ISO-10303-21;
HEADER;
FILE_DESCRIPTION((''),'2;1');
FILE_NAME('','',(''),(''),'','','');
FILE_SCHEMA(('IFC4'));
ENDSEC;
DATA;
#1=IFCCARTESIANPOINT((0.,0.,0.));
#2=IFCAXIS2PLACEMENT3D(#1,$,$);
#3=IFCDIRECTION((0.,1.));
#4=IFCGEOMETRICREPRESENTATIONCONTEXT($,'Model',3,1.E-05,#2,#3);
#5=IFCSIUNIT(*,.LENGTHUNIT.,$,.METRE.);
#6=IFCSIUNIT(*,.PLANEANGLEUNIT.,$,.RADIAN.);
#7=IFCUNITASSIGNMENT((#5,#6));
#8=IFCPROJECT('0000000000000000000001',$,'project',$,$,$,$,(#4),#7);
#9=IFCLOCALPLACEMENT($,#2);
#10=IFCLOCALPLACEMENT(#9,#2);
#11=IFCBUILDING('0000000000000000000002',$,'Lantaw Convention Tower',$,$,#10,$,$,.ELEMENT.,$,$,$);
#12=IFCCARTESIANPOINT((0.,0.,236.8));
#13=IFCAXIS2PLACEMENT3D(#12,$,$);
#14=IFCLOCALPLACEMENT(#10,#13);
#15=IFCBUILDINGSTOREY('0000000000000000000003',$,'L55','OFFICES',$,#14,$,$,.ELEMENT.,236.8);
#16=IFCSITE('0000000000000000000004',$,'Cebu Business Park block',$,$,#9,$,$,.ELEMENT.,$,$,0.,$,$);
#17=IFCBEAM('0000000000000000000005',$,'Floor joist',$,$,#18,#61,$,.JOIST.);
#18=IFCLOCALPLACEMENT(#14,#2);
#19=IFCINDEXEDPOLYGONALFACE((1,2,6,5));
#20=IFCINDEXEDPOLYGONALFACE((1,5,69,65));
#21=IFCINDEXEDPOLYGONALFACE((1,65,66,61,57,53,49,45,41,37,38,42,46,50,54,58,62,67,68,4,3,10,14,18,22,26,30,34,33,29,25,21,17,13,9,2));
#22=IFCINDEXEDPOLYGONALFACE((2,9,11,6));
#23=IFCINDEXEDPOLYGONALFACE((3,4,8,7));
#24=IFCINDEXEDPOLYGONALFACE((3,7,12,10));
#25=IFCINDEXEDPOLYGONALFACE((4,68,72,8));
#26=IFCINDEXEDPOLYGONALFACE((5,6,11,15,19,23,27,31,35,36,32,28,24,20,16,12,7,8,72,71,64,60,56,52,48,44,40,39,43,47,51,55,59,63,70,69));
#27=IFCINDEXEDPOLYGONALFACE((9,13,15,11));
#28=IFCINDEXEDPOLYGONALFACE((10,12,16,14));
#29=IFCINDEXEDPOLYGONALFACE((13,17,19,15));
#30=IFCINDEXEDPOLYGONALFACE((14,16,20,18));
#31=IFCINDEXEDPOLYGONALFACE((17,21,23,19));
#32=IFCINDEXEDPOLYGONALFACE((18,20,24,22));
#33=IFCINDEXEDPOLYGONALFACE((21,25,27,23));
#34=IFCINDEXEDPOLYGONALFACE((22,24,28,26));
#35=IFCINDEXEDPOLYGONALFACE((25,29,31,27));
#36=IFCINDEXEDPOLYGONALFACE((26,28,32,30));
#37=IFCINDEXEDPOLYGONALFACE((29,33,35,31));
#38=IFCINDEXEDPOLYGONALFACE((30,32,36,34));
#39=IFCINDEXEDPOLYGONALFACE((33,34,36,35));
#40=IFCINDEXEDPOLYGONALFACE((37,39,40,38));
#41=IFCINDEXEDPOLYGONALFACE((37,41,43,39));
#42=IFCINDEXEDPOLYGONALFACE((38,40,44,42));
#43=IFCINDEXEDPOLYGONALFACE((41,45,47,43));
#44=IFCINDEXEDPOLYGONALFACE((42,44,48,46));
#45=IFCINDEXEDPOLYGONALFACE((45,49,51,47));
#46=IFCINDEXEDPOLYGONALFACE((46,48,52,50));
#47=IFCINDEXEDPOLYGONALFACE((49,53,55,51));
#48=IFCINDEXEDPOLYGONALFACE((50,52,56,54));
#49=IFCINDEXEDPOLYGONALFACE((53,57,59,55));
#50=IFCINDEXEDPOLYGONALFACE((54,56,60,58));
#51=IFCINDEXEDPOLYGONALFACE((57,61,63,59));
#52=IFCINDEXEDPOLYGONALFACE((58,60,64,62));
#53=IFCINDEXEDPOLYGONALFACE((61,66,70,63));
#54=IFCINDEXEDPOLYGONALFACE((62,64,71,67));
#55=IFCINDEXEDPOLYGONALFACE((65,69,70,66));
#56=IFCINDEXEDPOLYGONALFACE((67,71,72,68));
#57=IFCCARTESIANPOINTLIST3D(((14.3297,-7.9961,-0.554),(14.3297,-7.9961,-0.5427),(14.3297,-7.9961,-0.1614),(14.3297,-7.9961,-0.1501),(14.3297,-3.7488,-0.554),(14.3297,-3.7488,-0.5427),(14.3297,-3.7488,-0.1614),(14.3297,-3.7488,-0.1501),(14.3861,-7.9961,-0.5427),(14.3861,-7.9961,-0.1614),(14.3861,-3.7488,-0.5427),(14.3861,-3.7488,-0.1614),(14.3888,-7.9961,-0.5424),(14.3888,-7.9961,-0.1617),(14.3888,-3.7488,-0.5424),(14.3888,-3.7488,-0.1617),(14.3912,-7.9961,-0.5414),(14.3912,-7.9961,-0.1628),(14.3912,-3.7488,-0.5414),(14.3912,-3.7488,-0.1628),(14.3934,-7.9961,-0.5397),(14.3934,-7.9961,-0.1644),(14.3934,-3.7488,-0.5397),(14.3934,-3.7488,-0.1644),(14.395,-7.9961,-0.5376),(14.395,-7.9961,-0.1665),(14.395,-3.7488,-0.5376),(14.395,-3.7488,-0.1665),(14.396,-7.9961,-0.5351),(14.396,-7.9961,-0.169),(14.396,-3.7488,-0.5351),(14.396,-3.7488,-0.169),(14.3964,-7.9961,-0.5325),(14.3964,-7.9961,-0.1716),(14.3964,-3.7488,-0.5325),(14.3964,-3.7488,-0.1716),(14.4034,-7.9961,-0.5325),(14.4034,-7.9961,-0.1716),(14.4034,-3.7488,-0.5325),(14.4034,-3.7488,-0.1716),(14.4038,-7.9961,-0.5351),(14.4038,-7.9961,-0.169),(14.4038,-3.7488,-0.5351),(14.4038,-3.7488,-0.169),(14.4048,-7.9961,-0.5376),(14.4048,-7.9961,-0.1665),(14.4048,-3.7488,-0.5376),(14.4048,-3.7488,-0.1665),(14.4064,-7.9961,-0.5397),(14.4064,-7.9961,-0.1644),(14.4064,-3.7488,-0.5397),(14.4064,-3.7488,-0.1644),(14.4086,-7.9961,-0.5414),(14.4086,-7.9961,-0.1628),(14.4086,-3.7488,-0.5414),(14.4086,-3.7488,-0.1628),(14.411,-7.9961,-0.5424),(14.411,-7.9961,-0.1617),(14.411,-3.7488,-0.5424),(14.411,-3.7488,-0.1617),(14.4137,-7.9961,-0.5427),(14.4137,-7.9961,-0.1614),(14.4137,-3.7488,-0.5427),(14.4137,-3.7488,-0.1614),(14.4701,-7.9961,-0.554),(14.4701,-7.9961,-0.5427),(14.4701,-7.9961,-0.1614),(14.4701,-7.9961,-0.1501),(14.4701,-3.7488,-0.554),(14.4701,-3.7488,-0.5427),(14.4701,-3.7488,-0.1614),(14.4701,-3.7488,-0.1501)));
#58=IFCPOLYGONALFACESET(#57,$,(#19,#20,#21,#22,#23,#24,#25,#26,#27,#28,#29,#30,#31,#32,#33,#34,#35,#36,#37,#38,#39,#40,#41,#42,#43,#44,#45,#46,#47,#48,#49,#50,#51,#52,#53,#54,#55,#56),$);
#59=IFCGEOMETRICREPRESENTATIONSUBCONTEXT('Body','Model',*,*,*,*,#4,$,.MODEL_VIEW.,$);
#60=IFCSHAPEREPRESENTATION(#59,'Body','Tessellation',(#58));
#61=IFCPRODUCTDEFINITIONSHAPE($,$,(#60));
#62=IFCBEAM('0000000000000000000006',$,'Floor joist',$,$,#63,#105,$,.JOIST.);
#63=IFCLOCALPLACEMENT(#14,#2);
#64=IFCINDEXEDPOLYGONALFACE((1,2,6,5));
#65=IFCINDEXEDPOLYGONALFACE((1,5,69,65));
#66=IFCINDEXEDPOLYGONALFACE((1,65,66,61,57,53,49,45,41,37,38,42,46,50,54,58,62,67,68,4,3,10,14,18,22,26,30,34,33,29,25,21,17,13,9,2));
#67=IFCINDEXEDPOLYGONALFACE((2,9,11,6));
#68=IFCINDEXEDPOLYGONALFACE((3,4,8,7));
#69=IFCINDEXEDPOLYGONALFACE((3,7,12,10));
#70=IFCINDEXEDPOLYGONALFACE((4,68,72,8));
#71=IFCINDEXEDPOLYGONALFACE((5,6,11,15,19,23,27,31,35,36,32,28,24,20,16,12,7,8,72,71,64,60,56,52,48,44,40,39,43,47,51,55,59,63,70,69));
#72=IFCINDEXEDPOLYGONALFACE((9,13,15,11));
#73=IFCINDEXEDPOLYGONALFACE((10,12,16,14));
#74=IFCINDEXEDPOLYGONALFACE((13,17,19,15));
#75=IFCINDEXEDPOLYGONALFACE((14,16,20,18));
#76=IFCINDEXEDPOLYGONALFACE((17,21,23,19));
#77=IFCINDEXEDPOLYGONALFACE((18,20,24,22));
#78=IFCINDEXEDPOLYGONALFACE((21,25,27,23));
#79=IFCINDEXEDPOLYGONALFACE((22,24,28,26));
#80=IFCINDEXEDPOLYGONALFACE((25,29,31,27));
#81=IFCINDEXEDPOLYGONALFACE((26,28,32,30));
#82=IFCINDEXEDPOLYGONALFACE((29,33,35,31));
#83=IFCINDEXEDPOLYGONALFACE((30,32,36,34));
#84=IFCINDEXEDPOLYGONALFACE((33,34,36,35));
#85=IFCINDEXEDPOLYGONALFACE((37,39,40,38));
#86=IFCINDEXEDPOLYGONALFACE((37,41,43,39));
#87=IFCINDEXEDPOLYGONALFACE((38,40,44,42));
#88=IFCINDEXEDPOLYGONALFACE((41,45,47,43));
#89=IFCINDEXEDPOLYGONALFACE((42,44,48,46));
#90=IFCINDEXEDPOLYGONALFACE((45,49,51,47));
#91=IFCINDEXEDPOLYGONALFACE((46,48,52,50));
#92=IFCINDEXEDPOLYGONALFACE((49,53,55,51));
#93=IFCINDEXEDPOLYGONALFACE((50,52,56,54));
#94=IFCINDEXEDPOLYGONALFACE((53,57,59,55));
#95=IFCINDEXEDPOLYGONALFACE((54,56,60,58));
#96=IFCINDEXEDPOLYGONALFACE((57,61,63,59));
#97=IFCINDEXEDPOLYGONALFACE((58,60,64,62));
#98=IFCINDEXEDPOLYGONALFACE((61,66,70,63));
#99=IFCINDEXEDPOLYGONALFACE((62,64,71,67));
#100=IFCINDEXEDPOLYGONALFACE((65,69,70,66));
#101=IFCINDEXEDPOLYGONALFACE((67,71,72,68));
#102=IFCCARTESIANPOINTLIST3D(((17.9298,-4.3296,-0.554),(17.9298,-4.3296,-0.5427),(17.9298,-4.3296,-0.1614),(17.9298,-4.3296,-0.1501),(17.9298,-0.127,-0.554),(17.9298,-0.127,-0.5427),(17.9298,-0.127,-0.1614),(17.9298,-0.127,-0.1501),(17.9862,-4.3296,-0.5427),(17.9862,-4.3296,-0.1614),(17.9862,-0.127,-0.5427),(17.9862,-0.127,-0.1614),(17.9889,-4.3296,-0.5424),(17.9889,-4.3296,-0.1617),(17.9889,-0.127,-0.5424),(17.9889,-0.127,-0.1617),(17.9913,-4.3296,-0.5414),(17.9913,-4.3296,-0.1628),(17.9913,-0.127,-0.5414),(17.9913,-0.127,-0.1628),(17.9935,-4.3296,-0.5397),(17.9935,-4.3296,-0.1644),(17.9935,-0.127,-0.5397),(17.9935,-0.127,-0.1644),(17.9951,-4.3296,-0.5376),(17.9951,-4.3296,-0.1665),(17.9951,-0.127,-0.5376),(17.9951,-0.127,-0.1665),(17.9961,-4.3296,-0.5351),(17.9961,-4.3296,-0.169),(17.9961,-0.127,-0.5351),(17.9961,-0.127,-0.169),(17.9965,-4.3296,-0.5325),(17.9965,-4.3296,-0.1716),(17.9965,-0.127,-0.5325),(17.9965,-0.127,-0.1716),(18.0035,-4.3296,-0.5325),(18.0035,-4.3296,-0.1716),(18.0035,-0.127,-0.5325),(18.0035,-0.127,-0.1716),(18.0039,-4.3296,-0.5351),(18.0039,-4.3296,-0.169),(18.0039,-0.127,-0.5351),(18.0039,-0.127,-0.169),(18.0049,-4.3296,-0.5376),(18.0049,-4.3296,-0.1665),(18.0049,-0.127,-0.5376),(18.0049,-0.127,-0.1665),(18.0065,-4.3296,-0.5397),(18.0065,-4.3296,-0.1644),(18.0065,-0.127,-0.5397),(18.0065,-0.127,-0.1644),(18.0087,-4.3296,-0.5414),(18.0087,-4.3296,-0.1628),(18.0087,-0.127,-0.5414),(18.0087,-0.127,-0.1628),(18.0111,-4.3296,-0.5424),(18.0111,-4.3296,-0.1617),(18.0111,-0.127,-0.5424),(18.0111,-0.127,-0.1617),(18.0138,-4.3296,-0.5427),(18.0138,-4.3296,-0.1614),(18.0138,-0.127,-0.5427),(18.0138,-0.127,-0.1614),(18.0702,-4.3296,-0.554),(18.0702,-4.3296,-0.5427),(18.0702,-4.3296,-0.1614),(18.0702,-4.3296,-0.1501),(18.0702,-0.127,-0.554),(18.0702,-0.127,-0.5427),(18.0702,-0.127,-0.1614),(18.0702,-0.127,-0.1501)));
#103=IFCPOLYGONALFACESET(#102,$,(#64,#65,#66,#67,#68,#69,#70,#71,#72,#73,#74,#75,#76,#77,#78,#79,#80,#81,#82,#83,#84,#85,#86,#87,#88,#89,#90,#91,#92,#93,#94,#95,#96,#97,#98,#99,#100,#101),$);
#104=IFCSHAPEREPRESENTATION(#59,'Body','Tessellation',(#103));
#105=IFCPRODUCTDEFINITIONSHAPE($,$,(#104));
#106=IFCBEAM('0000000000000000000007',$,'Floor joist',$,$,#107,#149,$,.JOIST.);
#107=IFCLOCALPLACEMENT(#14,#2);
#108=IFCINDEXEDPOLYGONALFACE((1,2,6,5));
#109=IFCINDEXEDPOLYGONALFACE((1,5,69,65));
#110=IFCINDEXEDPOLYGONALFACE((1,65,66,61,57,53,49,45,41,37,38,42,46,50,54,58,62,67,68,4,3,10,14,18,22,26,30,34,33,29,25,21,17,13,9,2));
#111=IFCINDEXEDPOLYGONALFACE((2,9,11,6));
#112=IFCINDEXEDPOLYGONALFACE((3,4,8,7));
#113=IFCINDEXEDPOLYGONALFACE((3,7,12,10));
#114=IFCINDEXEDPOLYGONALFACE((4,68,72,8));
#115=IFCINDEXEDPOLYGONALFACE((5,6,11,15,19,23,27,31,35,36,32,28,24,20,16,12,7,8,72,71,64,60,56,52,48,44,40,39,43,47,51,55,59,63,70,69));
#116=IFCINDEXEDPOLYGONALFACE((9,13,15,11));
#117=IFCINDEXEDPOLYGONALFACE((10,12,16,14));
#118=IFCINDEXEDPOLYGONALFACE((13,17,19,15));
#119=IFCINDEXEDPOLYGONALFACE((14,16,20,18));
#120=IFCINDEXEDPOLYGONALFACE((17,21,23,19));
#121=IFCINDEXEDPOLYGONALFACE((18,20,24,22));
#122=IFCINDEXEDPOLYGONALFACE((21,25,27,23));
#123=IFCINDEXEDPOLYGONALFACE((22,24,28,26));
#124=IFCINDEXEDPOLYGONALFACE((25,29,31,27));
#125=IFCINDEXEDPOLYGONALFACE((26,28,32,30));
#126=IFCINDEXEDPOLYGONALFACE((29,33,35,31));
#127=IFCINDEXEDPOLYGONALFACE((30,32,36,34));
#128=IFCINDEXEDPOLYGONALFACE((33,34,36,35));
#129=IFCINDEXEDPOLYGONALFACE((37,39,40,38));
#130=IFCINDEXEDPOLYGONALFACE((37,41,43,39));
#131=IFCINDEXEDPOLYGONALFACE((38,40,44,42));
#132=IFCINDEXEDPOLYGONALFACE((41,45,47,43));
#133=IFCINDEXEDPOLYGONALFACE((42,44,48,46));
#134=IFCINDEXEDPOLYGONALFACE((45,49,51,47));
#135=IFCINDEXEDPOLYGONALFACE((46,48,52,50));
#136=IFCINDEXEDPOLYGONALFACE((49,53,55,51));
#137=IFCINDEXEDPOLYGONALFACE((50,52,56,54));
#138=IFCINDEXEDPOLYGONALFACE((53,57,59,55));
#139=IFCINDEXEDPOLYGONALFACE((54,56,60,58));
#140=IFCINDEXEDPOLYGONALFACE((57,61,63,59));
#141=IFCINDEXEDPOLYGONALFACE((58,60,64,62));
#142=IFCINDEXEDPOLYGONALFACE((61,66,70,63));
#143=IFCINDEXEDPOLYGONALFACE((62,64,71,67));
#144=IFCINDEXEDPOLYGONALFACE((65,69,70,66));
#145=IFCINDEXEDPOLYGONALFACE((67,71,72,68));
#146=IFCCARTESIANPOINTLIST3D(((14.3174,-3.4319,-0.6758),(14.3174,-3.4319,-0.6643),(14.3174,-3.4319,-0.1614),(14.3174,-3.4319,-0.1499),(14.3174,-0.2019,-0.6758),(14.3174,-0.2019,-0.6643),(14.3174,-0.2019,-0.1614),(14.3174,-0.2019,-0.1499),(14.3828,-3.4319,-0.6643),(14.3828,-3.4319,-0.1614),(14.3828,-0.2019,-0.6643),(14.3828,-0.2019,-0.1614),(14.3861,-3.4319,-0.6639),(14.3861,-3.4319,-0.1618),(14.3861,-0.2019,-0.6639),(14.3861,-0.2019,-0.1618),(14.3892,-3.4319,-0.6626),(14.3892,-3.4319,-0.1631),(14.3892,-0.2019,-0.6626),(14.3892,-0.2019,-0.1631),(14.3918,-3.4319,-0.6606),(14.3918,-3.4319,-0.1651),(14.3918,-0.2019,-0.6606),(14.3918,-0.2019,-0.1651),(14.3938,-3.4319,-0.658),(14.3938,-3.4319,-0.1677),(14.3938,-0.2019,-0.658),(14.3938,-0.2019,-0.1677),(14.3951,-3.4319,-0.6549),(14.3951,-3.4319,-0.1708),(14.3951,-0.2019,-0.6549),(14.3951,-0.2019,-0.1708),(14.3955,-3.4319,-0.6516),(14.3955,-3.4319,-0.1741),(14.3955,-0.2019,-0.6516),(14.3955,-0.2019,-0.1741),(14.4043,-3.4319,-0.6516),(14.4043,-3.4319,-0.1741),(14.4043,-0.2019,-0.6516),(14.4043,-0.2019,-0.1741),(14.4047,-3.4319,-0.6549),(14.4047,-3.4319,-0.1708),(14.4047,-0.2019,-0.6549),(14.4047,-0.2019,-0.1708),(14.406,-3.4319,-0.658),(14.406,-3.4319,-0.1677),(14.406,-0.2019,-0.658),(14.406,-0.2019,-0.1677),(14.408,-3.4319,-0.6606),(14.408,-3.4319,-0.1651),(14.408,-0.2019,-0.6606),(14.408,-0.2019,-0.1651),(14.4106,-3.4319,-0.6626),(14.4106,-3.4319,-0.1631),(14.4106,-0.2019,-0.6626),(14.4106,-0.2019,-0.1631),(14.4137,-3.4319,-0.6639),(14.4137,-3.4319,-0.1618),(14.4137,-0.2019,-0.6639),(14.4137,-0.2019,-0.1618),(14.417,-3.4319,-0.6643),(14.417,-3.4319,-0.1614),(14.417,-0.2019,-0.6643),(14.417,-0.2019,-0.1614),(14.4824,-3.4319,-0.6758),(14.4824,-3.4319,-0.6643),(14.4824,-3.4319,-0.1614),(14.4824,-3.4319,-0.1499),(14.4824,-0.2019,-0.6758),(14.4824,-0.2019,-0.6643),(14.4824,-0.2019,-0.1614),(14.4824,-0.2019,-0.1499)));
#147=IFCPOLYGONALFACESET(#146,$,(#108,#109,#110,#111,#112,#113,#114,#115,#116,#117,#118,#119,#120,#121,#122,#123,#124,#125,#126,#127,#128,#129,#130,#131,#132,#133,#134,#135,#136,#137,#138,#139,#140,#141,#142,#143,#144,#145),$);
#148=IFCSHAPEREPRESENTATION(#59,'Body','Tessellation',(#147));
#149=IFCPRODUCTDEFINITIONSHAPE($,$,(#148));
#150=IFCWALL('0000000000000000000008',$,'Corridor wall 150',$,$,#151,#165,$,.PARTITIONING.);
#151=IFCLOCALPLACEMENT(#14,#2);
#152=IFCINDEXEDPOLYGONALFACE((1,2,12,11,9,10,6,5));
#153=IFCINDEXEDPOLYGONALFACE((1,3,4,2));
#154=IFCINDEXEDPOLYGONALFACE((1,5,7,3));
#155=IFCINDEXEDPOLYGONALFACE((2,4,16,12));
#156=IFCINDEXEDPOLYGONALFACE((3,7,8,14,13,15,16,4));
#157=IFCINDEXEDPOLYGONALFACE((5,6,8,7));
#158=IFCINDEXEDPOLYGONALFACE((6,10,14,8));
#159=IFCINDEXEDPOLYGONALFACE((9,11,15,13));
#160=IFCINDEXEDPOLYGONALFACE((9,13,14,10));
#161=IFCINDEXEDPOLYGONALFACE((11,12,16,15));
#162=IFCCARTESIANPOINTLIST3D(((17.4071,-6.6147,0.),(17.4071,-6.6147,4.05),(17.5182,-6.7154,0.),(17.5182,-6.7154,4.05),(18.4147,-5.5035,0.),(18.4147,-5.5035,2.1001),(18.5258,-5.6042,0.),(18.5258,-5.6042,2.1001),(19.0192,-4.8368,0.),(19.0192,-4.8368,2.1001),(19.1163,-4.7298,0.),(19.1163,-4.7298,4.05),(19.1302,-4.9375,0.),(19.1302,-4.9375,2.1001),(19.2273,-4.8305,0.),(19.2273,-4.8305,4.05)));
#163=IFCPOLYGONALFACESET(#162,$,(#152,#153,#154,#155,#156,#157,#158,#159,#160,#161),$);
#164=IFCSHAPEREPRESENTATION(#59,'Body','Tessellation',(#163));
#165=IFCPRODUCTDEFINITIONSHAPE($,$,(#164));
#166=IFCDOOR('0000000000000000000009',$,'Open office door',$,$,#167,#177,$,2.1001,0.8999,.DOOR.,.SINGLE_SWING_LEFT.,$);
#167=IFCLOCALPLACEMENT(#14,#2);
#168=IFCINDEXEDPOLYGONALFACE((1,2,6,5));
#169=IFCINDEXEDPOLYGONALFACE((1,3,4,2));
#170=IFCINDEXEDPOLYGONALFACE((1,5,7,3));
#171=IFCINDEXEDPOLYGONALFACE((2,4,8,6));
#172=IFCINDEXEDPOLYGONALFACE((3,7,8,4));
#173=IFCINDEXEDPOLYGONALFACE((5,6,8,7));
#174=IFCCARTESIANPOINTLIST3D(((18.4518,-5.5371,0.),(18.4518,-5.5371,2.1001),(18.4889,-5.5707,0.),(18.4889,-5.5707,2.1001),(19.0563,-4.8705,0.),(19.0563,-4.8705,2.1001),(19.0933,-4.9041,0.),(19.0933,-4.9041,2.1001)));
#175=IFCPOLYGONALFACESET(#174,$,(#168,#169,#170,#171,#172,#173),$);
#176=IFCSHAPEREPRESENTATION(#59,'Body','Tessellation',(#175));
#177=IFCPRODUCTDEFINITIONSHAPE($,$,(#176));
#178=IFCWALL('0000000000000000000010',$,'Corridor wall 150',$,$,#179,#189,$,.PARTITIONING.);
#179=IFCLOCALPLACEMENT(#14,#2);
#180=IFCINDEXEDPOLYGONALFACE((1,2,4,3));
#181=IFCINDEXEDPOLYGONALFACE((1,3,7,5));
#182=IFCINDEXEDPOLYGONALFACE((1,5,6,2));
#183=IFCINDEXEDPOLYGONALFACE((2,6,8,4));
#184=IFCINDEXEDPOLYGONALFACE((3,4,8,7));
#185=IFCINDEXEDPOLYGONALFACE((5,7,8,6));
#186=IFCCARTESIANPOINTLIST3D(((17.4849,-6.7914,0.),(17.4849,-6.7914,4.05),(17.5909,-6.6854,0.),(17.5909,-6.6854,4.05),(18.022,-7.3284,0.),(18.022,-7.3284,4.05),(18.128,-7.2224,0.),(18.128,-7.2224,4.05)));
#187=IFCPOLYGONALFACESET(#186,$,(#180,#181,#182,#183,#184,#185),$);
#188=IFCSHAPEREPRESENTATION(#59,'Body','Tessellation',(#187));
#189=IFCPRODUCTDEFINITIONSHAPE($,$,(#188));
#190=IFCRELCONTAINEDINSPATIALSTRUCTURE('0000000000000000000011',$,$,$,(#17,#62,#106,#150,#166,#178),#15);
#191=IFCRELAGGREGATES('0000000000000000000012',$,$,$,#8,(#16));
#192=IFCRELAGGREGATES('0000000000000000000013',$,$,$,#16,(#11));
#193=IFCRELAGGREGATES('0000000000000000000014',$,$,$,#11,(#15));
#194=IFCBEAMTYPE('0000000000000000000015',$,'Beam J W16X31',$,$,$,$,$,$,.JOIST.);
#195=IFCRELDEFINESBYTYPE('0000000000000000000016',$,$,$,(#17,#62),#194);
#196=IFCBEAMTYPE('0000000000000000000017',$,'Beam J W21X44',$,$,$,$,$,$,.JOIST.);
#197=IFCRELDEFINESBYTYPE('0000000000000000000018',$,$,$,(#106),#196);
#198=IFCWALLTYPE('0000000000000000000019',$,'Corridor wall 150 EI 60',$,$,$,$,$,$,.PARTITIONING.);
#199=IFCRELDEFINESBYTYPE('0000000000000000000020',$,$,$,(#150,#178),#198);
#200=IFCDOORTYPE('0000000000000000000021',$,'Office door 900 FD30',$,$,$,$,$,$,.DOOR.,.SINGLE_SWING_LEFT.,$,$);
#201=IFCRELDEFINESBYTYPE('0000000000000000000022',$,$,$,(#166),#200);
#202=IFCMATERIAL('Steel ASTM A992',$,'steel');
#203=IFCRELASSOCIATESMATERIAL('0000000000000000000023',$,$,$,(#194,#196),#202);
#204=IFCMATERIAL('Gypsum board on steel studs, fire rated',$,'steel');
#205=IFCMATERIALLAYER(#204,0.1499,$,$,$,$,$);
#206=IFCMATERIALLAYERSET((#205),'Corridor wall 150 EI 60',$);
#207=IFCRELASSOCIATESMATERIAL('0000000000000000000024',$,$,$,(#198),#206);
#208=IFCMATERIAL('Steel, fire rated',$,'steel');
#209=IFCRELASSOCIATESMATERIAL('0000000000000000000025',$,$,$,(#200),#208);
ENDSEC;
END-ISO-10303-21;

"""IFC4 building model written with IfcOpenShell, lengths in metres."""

from ifc_helpers import new_model, si_unit, direction, frame, frame_2d, origin, origin_2d, place, context, subcontext, project, spatial, rectangle, i_section, extrude, material, layer, layer_set, material_profile, profile_set, type_object, element, fill, save


model = new_model("IFC4")

# Units and contexts
model_context = context("Model", 3, precision=1e-05, world=origin(), true_north=direction((0.0, 1.0)))
body_context = subcontext(model_context, "Body", "Model", "MODEL_VIEW")
ifc_project = project(units=[si_unit("LENGTHUNIT", "METRE"), si_unit("PLANEANGLEUNIT", "RADIAN")], contexts=[model_context])

# Site, building, storey
site_placement = place(None, origin())
site = spatial("IfcSite", under=ifc_project, at=site_placement, Name="Cebu Business Park block", CompositionType="ELEMENT", RefElevation=0.0)
building_placement = place(site_placement, origin())
building = spatial("IfcBuilding", under=site, at=building_placement, Name="Lantaw Convention Tower", CompositionType="ELEMENT")
storey_placement = place(building_placement, frame((0.0, 0.0, 236.8)))
storey = spatial("IfcBuildingStorey", under=building, at=storey_placement, Name="L55", Description="OFFICES", CompositionType="ELEMENT", Elevation=236.8)

# Beams
ifc_material_1 = material(Name="Steel ASTM A992", Category="steel")
ifc_material_profile_1 = material_profile(ifc_material_1, i_section(OverallWidth=0.1404, OverallDepth=0.4038, WebThickness=0.0071, FlangeThickness=0.0112, FilletRadius=0.0103, at=origin_2d()), Name="W16X31")
ifc_profile_set_1 = profile_set([ifc_material_profile_1], Name="Steel ASTM A992")
beam_type_1 = type_object("IfcBeamType", Name="Beam J W16X31", PredefinedType="JOIST", material=ifc_profile_set_1)
beam_1_placement = place(storey_placement, frame((14.3999, -7.9961, -0.3521), z_axis=(0.0, 1.0, 0.0), x_axis=(-1.0, 0.0, 0.0)))
element("IfcBeam", 1, at=beam_1_placement, inside=storey, type_object=beam_type_1, Name="Floor joist", PredefinedType="JOIST", context=body_context, shape_type="SweptSolid", body=[
    extrude(i_section(OverallWidth=0.1404, OverallDepth=0.4038, WebThickness=0.0071, FlangeThickness=0.0112, FilletRadius=0.0103, at=origin_2d()), origin(), (0.0, 0.0, 1.0), 4.2473),
])
beam_2_placement = place(storey_placement, frame((18.0, -4.3296, -0.3521), z_axis=(0.0, 1.0, 0.0), x_axis=(-1.0, 0.0, 0.0)))
element("IfcBeam", 2, at=beam_2_placement, inside=storey, type_object=beam_type_1, Name="Floor joist", PredefinedType="JOIST", context=body_context, shape_type="SweptSolid", body=[
    extrude(i_section(OverallWidth=0.1404, OverallDepth=0.4038, WebThickness=0.0071, FlangeThickness=0.0112, FilletRadius=0.0103, at=origin_2d()), origin(), (0.0, 0.0, 1.0), 4.2026),
])
ifc_material_profile_2 = material_profile(ifc_material_1, i_section(OverallWidth=0.165, OverallDepth=0.5259, WebThickness=0.0088, FlangeThickness=0.0115, FilletRadius=0.0127, at=origin_2d()), Name="W21X44")
ifc_profile_set_2 = profile_set([ifc_material_profile_2], Name="Steel ASTM A992")
beam_type_2 = type_object("IfcBeamType", Name="Beam J W21X44", PredefinedType="JOIST", material=ifc_profile_set_2)
beam_3_placement = place(storey_placement, frame((14.3999, -3.4319, -0.4128), z_axis=(0.0, 1.0, 0.0), x_axis=(-1.0, 0.0, 0.0)))
element("IfcBeam", 3, at=beam_3_placement, inside=storey, type_object=beam_type_2, Name="Floor joist", PredefinedType="JOIST", context=body_context, shape_type="SweptSolid", body=[
    extrude(i_section(OverallWidth=0.165, OverallDepth=0.5259, WebThickness=0.0088, FlangeThickness=0.0115, FilletRadius=0.0127, at=origin_2d()), origin(), (0.0, 0.0, 1.0), 3.23),
])

# Wall, opening, door
ifc_material_2 = material(Name="Gypsum board on steel studs, fire rated", Category="steel")
ifc_layer_1 = layer(ifc_material_2, 0.1499)
ifc_layer_set_1 = layer_set([ifc_layer_1], Name="Corridor wall 150 EI 60")
wall_type_1 = type_object("IfcWallType", Name="Corridor wall 150 EI 60", PredefinedType="PARTITIONING", material=ifc_layer_set_1)
wall_1_placement = place(storey_placement, frame((17.4626, -6.665, 0.0), z_axis=(0.0, 0.0, 1.0), x_axis=(0.671722, 0.740803, 0.0)))
wall_1 = element("IfcWall", 4, at=wall_1_placement, inside=storey, type_object=wall_type_1, Name="Corridor wall 150", PredefinedType="PARTITIONING", context=body_context, shape_type="SweptSolid", body=[
    extrude(rectangle(XDim=2.5444, YDim=0.1499, at=frame_2d((1.2722, 0.0))), origin(), (0.0, 0.0, 1.0), 4.05),
])
opening_1_placement = place(wall_1_placement, frame((1.5, 0.0, 0.0)))
opening_1 = element("IfcOpeningElement", 5, at=opening_1_placement, cuts=wall_1, PredefinedType="OPENING", context=body_context, shape_type="SweptSolid", body=[
    extrude(rectangle(XDim=0.8999, YDim=2.1001, at=frame_2d((0.45, 1.05))), frame((0.0, 0.085, 0.0), z_axis=(0.0, -1.0, 0.0), x_axis=(1.0, 0.0, 0.0)), (0.0, 0.0, 1.0), 0.1699),
])
ifc_material_3 = material(Name="Steel, fire rated", Category="steel")
door_type_1 = type_object("IfcDoorType", Name="Office door 900 FD30", OperationType="SINGLE_SWING_LEFT", PredefinedType="DOOR", material=ifc_material_3)
door_1_placement = place(opening_1_placement, origin())
door_1 = element("IfcDoor", 6, at=door_1_placement, inside=storey, type_object=door_type_1, Name="Open office door", OperationType="SINGLE_SWING_LEFT", OverallHeight=2.1001, OverallWidth=0.8999, PredefinedType="DOOR", context=body_context, shape_type="SweptSolid", body=[
    extrude(rectangle(XDim=0.8999, YDim=2.1001, at=frame_2d((0.45, 1.05))), frame((0.0, 0.0249, 0.0), z_axis=(0.0, -1.0, 0.0), x_axis=(1.0, 0.0, 0.0)), (0.0, 0.0, 1.0), 0.05),
])
fill(opening_1, door_1)

# Wall
wall_2_placement = place(storey_placement, frame((17.5378, -6.7383, 0.0), z_axis=(0.0, 0.0, 1.0), x_axis=(0.707107, -0.707107, 0.0)))
element("IfcWall", 7, at=wall_2_placement, inside=storey, type_object=wall_type_1, Name="Corridor wall 150", PredefinedType="PARTITIONING", context=body_context, shape_type="SweptSolid", body=[
    extrude(rectangle(XDim=0.7595, YDim=0.1499, at=frame_2d((0.3799, 0.0))), origin(), (0.0, 0.0, 1.0), 4.05),
])

save(model, "model.ifc")
